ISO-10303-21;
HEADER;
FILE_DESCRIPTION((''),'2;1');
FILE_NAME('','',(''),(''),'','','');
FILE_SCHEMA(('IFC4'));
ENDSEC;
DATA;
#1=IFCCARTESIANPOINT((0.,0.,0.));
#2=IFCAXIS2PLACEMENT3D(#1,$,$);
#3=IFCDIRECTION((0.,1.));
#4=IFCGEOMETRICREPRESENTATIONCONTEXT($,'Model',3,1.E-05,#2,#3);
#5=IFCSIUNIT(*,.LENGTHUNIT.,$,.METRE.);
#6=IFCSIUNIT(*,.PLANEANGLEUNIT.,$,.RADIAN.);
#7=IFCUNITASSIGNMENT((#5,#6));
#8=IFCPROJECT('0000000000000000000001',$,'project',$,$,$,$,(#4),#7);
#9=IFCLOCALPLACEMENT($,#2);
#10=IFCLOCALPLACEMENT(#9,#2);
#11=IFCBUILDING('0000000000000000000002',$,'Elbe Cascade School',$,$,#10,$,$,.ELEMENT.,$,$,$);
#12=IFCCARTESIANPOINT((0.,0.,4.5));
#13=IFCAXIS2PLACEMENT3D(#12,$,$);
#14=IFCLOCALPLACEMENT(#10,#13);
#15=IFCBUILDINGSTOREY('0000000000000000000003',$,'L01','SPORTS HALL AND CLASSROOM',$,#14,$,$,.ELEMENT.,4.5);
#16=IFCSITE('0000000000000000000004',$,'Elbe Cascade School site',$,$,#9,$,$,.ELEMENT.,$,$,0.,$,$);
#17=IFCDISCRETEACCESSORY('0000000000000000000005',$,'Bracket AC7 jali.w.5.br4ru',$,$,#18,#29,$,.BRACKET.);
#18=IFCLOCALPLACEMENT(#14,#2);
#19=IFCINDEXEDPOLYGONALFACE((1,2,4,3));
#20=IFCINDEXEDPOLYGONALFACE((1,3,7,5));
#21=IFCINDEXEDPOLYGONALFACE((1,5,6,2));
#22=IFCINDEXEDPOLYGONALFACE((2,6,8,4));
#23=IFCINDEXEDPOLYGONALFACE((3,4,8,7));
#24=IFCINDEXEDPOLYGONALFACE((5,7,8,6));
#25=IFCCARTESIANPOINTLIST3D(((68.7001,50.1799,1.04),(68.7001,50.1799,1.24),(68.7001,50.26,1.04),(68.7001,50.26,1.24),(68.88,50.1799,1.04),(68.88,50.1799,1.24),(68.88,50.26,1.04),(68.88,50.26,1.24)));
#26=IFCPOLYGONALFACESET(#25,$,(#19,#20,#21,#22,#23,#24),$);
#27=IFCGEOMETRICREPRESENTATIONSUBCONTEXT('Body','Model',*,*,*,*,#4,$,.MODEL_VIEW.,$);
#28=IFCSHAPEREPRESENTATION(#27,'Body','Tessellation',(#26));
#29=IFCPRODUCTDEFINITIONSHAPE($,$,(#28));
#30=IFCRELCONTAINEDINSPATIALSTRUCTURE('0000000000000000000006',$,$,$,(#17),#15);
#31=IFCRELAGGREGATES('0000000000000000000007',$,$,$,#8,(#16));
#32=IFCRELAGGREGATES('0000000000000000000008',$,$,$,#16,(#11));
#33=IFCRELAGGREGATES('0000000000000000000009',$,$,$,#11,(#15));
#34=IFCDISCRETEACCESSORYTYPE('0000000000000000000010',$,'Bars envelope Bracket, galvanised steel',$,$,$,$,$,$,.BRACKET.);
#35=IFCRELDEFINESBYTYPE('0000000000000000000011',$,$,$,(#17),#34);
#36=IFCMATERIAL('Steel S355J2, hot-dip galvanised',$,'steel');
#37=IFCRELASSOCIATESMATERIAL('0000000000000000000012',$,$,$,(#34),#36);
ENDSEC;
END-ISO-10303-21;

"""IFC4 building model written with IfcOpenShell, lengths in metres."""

from ifc_helpers import new_model, si_unit, direction, frame, origin, origin_2d, place, context, subcontext, project, spatial, rectangle, extrude, material, type_object, element, save


model = new_model("IFC4")

# Units and contexts
model_context = context("Model", 3, precision=1e-05, world=origin(), true_north=direction((0.0, 1.0)))
body_context = subcontext(model_context, "Body", "Model", "MODEL_VIEW")
ifc_project = project(units=[si_unit("LENGTHUNIT", "METRE"), si_unit("PLANEANGLEUNIT", "RADIAN")], contexts=[model_context])

# Site, building, storey
site_placement = place(None, origin())
site = spatial("IfcSite", under=ifc_project, at=site_placement, Name="Elbe Cascade School site", CompositionType="ELEMENT", RefElevation=0.0)
building_placement = place(site_placement, origin())
building = spatial("IfcBuilding", under=site, at=building_placement, Name="Elbe Cascade School", CompositionType="ELEMENT")
storey_placement = place(building_placement, frame((0.0, 0.0, 4.5)))
storey = spatial("IfcBuildingStorey", under=building, at=storey_placement, Name="L01", Description="SPORTS HALL AND CLASSROOM", CompositionType="ELEMENT", Elevation=4.5)

# Discrete accessory
ifc_material_1 = material(Name="Steel S355J2, hot-dip galvanised", Category="steel")
discrete_accessory_type = type_object("IfcDiscreteAccessoryType", Name="Bars envelope Bracket, galvanised steel", PredefinedType="BRACKET", material=ifc_material_1)
discrete_accessory_placement = place(storey_placement, frame((68.79, 50.22, 1.04), z_axis=(0.0, 0.0, 1.0), x_axis=(0.0, 1.0, 0.0)))
element("IfcDiscreteAccessory", 1, at=discrete_accessory_placement, inside=storey, type_object=discrete_accessory_type, Name="Bracket AC7 jali.w.5.br4ru", PredefinedType="BRACKET", context=body_context, shape_type="SweptSolid", body=[
    extrude(rectangle(XDim=0.0801, YDim=0.1799, at=origin_2d()), origin(), (0.0, 0.0, 1.0), 0.2),
])

save(model, "model.ifc")
